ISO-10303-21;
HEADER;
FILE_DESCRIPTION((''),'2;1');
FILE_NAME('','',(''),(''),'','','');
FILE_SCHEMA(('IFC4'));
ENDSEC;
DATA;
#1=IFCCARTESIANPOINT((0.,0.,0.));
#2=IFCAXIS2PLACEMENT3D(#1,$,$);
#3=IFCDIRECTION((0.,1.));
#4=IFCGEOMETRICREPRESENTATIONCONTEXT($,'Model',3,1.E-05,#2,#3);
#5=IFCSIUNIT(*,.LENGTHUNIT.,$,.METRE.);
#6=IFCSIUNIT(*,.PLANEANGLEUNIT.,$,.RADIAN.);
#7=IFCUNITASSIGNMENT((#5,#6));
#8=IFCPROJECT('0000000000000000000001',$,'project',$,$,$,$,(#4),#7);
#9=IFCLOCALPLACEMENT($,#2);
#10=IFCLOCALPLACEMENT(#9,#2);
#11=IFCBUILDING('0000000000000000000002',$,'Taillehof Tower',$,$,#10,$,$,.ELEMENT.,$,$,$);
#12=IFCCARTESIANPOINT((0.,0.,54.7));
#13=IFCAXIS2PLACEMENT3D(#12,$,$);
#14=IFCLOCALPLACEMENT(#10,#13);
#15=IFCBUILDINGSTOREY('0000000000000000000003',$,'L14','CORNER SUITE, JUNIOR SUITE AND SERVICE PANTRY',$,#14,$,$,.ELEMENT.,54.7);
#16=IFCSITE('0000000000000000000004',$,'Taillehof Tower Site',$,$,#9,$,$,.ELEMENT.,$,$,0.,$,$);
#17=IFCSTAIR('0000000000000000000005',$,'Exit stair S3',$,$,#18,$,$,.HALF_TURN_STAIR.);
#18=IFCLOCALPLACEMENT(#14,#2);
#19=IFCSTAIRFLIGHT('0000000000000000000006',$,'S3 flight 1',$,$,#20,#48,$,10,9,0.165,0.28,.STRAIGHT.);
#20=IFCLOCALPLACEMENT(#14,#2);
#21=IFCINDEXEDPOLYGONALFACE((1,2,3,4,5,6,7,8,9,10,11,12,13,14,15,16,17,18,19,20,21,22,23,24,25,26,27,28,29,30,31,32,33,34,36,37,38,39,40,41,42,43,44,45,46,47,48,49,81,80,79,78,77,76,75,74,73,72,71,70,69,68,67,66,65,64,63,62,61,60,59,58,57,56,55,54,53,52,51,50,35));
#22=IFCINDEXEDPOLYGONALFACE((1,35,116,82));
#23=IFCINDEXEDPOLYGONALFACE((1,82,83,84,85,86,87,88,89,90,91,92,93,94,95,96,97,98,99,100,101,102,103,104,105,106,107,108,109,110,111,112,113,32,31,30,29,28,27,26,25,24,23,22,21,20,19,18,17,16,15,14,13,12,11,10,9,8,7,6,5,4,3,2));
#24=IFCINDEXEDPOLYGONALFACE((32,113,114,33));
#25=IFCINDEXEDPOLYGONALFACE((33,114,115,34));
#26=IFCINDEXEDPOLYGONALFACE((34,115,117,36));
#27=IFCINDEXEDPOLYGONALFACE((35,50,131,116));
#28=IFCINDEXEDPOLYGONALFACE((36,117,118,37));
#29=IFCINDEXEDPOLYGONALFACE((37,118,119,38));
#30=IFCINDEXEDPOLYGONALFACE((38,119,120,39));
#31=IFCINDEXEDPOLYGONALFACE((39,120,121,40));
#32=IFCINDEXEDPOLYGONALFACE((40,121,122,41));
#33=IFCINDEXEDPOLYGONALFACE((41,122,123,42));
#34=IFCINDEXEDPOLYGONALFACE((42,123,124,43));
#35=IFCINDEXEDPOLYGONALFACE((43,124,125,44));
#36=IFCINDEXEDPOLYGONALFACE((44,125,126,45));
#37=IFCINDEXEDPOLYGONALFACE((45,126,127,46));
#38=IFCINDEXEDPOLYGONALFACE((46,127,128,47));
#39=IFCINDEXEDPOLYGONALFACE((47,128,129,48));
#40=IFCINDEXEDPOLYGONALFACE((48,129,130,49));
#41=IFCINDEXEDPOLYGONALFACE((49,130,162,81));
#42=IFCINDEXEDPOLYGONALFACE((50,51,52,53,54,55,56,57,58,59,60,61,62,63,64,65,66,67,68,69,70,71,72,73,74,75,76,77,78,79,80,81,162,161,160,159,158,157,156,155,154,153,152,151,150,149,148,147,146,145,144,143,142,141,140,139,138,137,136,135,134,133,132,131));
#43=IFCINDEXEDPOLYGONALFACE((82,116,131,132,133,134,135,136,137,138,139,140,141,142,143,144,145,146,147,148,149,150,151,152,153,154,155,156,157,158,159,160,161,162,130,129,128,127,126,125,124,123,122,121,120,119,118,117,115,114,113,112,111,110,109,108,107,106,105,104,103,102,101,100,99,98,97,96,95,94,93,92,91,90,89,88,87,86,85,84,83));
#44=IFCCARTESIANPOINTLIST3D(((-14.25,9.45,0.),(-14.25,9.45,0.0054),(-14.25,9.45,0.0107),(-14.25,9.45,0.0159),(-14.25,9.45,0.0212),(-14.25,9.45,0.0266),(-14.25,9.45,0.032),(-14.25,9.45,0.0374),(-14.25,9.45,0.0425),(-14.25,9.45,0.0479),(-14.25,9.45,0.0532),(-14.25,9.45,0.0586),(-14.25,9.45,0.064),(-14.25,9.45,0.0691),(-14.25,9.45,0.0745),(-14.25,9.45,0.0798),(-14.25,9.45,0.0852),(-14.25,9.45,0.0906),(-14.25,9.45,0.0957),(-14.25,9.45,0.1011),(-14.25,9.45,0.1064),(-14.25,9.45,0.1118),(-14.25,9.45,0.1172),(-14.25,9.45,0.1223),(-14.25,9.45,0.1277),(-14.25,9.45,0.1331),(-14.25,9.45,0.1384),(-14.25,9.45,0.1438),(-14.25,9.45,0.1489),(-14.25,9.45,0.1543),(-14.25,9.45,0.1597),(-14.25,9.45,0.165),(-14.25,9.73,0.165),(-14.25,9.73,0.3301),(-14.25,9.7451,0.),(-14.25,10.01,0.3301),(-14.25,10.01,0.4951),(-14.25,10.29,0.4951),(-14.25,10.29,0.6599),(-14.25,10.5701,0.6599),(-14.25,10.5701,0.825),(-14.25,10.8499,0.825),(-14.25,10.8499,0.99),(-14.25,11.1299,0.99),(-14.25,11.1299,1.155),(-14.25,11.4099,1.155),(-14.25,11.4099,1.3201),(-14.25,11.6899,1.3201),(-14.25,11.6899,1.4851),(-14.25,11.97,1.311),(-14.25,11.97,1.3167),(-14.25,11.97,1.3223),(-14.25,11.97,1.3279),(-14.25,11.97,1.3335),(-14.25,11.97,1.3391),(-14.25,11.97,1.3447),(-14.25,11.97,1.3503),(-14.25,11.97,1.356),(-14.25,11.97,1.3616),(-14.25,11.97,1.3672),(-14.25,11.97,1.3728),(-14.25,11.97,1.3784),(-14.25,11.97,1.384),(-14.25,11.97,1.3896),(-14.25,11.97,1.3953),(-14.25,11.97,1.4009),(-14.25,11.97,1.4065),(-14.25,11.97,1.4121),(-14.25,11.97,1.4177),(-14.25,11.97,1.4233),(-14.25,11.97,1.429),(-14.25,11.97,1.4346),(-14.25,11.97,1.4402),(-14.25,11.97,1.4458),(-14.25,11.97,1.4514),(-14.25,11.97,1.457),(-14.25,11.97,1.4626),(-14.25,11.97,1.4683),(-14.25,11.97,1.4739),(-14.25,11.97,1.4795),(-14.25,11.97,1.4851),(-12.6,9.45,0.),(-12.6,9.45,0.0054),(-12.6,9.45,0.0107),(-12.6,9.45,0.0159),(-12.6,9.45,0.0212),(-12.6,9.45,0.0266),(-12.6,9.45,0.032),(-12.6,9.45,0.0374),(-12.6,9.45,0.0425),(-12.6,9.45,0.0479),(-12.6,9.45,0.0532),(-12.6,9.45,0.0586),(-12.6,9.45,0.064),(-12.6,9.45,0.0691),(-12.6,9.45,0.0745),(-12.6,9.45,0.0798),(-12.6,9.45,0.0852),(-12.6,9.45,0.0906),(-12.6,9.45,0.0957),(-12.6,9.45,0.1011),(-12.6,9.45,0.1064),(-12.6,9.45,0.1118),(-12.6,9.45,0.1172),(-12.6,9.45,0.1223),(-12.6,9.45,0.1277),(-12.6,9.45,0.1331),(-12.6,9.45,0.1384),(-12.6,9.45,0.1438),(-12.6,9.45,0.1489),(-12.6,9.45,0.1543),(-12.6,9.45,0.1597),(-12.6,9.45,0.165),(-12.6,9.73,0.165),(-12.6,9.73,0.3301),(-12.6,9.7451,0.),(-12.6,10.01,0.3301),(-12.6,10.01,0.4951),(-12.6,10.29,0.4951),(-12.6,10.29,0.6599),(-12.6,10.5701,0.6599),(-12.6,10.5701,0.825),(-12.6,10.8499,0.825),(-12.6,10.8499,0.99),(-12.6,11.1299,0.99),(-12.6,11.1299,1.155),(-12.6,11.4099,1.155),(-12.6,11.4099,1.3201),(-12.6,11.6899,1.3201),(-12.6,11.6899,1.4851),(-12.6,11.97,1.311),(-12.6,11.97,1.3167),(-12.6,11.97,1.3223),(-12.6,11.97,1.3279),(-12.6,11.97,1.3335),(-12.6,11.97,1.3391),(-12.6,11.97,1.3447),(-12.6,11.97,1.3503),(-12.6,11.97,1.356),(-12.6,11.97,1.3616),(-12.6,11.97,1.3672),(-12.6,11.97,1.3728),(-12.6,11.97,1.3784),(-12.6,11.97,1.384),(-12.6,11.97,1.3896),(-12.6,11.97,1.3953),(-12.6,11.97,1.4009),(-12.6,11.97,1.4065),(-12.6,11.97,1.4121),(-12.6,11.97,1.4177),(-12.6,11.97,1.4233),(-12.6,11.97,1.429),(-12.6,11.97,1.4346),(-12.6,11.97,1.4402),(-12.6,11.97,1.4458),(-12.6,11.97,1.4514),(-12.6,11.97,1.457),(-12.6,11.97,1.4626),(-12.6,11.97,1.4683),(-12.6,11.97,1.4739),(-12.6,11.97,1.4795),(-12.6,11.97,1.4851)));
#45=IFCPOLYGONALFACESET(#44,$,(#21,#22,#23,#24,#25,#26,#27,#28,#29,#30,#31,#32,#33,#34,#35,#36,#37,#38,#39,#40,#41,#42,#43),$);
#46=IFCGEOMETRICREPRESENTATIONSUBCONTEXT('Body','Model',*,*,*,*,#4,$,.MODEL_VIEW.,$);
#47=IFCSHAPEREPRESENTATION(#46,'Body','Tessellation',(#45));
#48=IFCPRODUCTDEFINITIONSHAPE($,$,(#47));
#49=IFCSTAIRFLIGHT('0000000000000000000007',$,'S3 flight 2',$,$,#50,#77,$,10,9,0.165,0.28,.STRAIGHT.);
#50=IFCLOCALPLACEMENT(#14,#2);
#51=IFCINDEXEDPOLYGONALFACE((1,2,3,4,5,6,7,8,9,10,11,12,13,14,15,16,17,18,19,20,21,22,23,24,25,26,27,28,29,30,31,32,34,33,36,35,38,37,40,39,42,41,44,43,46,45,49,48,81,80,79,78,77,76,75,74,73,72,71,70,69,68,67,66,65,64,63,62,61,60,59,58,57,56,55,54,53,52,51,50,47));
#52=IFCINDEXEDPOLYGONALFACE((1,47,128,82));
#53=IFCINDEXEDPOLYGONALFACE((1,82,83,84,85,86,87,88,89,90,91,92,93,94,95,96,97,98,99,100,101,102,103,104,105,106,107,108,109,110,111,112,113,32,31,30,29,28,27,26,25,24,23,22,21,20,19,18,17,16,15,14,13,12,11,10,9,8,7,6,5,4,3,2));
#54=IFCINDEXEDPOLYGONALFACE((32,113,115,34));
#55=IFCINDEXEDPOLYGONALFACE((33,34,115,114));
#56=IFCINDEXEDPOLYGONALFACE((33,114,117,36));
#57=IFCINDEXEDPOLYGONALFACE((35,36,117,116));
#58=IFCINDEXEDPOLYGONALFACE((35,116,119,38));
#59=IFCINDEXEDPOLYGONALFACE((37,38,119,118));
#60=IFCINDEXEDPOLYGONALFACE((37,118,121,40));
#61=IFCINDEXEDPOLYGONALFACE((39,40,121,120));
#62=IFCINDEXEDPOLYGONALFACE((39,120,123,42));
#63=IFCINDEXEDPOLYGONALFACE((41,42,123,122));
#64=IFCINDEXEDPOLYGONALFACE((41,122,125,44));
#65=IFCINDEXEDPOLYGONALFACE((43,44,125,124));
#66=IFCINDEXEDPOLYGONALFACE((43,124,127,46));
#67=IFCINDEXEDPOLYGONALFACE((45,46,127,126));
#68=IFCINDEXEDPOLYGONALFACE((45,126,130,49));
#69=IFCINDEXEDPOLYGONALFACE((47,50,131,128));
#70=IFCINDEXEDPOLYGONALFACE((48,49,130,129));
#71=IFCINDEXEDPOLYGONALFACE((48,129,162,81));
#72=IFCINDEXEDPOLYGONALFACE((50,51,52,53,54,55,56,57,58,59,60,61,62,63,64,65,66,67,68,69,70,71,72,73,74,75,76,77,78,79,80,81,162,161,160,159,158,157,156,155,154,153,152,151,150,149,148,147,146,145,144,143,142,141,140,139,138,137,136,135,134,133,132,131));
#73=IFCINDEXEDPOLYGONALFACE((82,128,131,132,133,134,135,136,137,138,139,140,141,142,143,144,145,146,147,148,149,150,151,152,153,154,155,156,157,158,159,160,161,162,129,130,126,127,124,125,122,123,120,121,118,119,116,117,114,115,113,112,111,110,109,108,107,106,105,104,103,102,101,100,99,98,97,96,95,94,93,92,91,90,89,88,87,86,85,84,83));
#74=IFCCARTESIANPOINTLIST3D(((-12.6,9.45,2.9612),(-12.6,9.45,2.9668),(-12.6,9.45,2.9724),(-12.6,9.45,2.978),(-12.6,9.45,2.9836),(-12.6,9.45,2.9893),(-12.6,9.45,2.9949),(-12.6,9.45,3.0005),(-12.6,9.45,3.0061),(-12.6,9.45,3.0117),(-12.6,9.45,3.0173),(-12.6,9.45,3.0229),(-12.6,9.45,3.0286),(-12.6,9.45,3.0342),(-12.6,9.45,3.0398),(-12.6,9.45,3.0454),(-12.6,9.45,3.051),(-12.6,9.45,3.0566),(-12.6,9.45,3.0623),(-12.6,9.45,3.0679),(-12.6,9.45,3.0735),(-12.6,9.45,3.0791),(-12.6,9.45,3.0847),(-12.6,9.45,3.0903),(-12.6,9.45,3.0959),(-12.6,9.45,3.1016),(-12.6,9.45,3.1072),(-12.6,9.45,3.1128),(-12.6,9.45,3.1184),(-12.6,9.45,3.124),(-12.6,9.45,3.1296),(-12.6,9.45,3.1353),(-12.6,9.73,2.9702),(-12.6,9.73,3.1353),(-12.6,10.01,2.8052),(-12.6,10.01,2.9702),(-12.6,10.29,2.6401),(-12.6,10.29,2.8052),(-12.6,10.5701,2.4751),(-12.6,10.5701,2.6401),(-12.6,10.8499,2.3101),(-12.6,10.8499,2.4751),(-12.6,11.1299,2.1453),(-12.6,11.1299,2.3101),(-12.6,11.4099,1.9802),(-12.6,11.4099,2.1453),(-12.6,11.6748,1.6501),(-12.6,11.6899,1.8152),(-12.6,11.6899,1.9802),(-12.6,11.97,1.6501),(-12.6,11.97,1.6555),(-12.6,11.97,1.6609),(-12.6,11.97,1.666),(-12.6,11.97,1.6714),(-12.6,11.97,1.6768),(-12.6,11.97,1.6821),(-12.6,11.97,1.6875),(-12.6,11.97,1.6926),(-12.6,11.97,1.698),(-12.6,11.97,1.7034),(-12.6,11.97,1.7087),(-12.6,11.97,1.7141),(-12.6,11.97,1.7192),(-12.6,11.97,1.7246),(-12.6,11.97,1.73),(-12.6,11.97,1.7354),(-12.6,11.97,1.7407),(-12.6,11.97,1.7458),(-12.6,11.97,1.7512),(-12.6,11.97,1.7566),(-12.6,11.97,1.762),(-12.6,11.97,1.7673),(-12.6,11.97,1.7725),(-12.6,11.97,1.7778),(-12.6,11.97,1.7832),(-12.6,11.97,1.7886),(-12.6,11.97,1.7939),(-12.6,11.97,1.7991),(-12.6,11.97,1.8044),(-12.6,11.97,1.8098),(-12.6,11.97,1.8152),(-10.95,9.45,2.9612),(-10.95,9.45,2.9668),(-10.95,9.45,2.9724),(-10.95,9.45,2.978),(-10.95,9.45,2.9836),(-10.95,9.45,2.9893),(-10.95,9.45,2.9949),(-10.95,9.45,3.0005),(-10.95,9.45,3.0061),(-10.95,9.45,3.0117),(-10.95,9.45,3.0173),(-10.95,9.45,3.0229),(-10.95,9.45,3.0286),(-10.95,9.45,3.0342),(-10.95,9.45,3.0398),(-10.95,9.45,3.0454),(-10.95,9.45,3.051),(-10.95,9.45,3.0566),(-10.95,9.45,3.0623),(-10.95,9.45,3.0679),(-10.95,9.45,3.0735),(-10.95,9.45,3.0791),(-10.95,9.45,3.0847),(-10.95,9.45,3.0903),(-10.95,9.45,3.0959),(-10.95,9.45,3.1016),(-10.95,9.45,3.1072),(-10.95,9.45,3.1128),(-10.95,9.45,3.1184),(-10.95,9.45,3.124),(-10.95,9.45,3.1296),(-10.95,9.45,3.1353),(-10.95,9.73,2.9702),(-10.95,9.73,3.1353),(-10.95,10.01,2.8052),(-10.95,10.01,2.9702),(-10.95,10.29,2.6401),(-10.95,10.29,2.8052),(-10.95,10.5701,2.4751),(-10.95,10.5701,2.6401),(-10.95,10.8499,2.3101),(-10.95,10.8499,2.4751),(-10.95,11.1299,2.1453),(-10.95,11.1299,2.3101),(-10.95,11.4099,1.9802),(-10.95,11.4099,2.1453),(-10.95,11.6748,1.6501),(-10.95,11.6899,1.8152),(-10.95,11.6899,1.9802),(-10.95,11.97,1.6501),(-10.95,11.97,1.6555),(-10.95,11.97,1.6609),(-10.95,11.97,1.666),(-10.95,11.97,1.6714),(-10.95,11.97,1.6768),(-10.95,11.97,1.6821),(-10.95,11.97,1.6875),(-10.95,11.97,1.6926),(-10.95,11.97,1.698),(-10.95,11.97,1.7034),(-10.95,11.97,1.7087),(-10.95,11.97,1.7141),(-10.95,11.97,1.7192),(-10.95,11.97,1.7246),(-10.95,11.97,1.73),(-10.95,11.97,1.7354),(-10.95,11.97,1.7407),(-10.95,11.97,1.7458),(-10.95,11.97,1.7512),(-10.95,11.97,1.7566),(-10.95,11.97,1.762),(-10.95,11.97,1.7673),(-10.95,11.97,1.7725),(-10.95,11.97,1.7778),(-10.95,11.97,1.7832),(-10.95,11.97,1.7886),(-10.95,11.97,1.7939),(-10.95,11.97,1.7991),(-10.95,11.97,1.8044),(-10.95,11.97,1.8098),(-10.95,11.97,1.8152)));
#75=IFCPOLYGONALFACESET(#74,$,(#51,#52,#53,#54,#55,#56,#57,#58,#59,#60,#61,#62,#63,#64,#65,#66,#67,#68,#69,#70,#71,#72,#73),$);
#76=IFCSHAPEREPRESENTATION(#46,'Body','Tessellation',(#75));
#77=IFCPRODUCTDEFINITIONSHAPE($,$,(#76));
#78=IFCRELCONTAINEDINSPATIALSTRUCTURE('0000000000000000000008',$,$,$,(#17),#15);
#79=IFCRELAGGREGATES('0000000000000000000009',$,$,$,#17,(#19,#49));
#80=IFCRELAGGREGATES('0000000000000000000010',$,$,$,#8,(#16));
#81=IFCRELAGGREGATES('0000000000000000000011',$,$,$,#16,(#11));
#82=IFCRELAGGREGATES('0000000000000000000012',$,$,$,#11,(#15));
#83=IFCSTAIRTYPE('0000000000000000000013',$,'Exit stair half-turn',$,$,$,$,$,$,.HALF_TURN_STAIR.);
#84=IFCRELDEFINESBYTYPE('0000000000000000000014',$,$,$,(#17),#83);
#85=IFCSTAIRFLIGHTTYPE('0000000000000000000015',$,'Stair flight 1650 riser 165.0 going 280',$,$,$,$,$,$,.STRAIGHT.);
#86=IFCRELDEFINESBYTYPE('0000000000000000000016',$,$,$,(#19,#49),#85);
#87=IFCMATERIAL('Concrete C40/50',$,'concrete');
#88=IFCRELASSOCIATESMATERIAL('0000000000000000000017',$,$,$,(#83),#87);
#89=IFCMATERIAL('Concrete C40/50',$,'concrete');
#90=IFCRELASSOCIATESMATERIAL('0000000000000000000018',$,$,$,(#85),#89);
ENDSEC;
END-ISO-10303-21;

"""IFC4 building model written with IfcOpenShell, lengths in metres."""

from ifc_helpers import new_model, si_unit, direction, frame, origin, place, context, subcontext, project, spatial, polyline, outline, extrude, material, type_object, element, aggregate, save


model = new_model("IFC4")

# Units and contexts
model_context = context("Model", 3, precision=1e-05, world=origin(), true_north=direction((0.0, 1.0)))
body_context = subcontext(model_context, "Body", "Model", "MODEL_VIEW")
ifc_project = project(units=[si_unit("LENGTHUNIT", "METRE"), si_unit("PLANEANGLEUNIT", "RADIAN")], contexts=[model_context])

# Site, building, storey
site_placement = place(None, origin())
site = spatial("IfcSite", under=ifc_project, at=site_placement, Name="Taillehof Tower Site", CompositionType="ELEMENT", RefElevation=0.0)
building_placement = place(site_placement, origin())
building = spatial("IfcBuilding", under=site, at=building_placement, Name="Taillehof Tower", CompositionType="ELEMENT")
storey_placement = place(building_placement, frame((0.0, 0.0, 54.7)))
storey = spatial("IfcBuildingStorey", under=building, at=storey_placement, Name="L14", Description="CORNER SUITE, JUNIOR SUITE AND SERVICE PANTRY", CompositionType="ELEMENT", Elevation=54.7)

# Stair, stair flights
ifc_material_1 = material(Name="Concrete C40/50", Category="concrete")
stair_type = type_object("IfcStairType", Name="Exit stair half-turn", PredefinedType="HALF_TURN_STAIR", material=ifc_material_1)
stair_placement = place(storey_placement, origin())
stair = element("IfcStair", 1, at=stair_placement, inside=storey, type_object=stair_type, Name="Exit stair S3", PredefinedType="HALF_TURN_STAIR")
ifc_material_2 = material(Name="Concrete C40/50", Category="concrete")
stair_flight_type = type_object("IfcStairFlightType", Name="Stair flight 1650 riser 165.0 going 280", PredefinedType="STRAIGHT", material=ifc_material_2)
stair_flight_1_placement = place(storey_placement, frame((-13.425, 9.45, 0.0), z_axis=(0.0, 0.0, 1.0), x_axis=(0.0, 1.0, 0.0)))
stair_flight_1 = element("IfcStairFlight", 2, at=stair_flight_1_placement, type_object=stair_flight_type, Name="S3 flight 1", NumberOfRisers=10, NumberOfTreads=9, PredefinedType="STRAIGHT", RiserHeight=0.165, TreadLength=0.28, context=body_context, shape_type="SweptSolid", body=[
    extrude(outline(polyline([(0.0, 0.0), (0.0, 0.0054), (0.0, 0.0107), (0.0, 0.0159), (0.0, 0.0212), (0.0, 0.0266), (0.0, 0.032), (0.0, 0.0374), (0.0, 0.0425), (0.0, 0.0479), (0.0, 0.0532), (0.0, 0.0586), (0.0, 0.064), (0.0, 0.0691), (0.0, 0.0745), (0.0, 0.0798), (0.0, 0.0852), (0.0, 0.0906), (0.0, 0.0957), (0.0, 0.1011), (0.0, 0.1064), (0.0, 0.1118), (0.0, 0.1172), (0.0, 0.1223), (0.0, 0.1277), (0.0, 0.1331), (0.0, 0.1384), (0.0, 0.1438), (0.0, 0.1489), (0.0, 0.1543), (0.0, 0.1597), (0.0, 0.165), (0.28, 0.165), (0.28, 0.3301), (0.5601, 0.3301), (0.5601, 0.4951), (0.8401, 0.4951), (0.8401, 0.6599), (1.1201, 0.6599), (1.1201, 0.825), (1.3999, 0.825), (1.3999, 0.99), (1.6799, 0.99), (1.6799, 1.155), (1.96, 1.155), (1.96, 1.3201), (2.24, 1.3201), (2.24, 1.4851), (2.52, 1.4851), (2.52, 1.4795), (2.52, 1.4739), (2.52, 1.4683), (2.52, 1.4626), (2.52, 1.457), (2.52, 1.4514), (2.52, 1.4458), (2.52, 1.4402), (2.52, 1.4346), (2.52, 1.429), (2.52, 1.4233), (2.52, 1.4177), (2.52, 1.4121), (2.52, 1.4065), (2.52, 1.4009), (2.52, 1.3953), (2.52, 1.3896), (2.52, 1.384), (2.52, 1.3784), (2.52, 1.3728), (2.52, 1.3672), (2.52, 1.3616), (2.52, 1.356), (2.52, 1.3503), (2.52, 1.3447), (2.52, 1.3391), (2.52, 1.3335), (2.52, 1.3279), (2.52, 1.3223), (2.52, 1.3167), (2.52, 1.311), (0.2952, 0.0), (0.0, 0.0)])), frame((0.0, 0.825, 0.0), z_axis=(0.0, -1.0, 0.0), x_axis=(1.0, 0.0, 0.0)), (0.0, 0.0, 1.0), 1.65),
])
stair_flight_2_placement = place(storey_placement, frame((-11.7749, 11.97, 1.6501), z_axis=(0.0, 0.0, 1.0), x_axis=(0.0, -1.0, 0.0)))
stair_flight_2 = element("IfcStairFlight", 3, at=stair_flight_2_placement, type_object=stair_flight_type, Name="S3 flight 2", NumberOfRisers=10, NumberOfTreads=9, PredefinedType="STRAIGHT", RiserHeight=0.165, TreadLength=0.28, context=body_context, shape_type="SweptSolid", body=[
    extrude(outline(polyline([(0.0, 0.0), (0.0, 0.0054), (0.0, 0.0107), (0.0, 0.0159), (0.0, 0.0212), (0.0, 0.0266), (0.0, 0.032), (0.0, 0.0374), (0.0, 0.0425), (0.0, 0.0479), (0.0, 0.0532), (0.0, 0.0586), (0.0, 0.064), (0.0, 0.0691), (0.0, 0.0745), (0.0, 0.0798), (0.0, 0.0852), (0.0, 0.0906), (0.0, 0.0957), (0.0, 0.1011), (0.0, 0.1064), (0.0, 0.1118), (0.0, 0.1172), (0.0, 0.1223), (0.0, 0.1277), (0.0, 0.1331), (0.0, 0.1384), (0.0, 0.1438), (0.0, 0.1489), (0.0, 0.1543), (0.0, 0.1597), (0.0, 0.165), (0.28, 0.165), (0.28, 0.3301), (0.5601, 0.3301), (0.5601, 0.4951), (0.8401, 0.4951), (0.8401, 0.6599), (1.1201, 0.6599), (1.1201, 0.825), (1.3999, 0.825), (1.3999, 0.99), (1.6799, 0.99), (1.6799, 1.155), (1.96, 1.155), (1.96, 1.3201), (2.24, 1.3201), (2.24, 1.4851), (2.52, 1.4851), (2.52, 1.4795), (2.52, 1.4739), (2.52, 1.4683), (2.52, 1.4626), (2.52, 1.457), (2.52, 1.4514), (2.52, 1.4458), (2.52, 1.4402), (2.52, 1.4346), (2.52, 1.429), (2.52, 1.4233), (2.52, 1.4177), (2.52, 1.4121), (2.52, 1.4065), (2.52, 1.4009), (2.52, 1.3953), (2.52, 1.3896), (2.52, 1.384), (2.52, 1.3784), (2.52, 1.3728), (2.52, 1.3672), (2.52, 1.3616), (2.52, 1.356), (2.52, 1.3503), (2.52, 1.3447), (2.52, 1.3391), (2.52, 1.3335), (2.52, 1.3279), (2.52, 1.3223), (2.52, 1.3167), (2.52, 1.311), (0.2952, 0.0), (0.0, 0.0)])), frame((0.0, 0.825, 0.0), z_axis=(0.0, -1.0, 0.0), x_axis=(1.0, 0.0, 0.0)), (0.0, 0.0, 1.0), 1.65),
])
aggregate(stair, [stair_flight_1, stair_flight_2])

save(model, "model.ifc")
